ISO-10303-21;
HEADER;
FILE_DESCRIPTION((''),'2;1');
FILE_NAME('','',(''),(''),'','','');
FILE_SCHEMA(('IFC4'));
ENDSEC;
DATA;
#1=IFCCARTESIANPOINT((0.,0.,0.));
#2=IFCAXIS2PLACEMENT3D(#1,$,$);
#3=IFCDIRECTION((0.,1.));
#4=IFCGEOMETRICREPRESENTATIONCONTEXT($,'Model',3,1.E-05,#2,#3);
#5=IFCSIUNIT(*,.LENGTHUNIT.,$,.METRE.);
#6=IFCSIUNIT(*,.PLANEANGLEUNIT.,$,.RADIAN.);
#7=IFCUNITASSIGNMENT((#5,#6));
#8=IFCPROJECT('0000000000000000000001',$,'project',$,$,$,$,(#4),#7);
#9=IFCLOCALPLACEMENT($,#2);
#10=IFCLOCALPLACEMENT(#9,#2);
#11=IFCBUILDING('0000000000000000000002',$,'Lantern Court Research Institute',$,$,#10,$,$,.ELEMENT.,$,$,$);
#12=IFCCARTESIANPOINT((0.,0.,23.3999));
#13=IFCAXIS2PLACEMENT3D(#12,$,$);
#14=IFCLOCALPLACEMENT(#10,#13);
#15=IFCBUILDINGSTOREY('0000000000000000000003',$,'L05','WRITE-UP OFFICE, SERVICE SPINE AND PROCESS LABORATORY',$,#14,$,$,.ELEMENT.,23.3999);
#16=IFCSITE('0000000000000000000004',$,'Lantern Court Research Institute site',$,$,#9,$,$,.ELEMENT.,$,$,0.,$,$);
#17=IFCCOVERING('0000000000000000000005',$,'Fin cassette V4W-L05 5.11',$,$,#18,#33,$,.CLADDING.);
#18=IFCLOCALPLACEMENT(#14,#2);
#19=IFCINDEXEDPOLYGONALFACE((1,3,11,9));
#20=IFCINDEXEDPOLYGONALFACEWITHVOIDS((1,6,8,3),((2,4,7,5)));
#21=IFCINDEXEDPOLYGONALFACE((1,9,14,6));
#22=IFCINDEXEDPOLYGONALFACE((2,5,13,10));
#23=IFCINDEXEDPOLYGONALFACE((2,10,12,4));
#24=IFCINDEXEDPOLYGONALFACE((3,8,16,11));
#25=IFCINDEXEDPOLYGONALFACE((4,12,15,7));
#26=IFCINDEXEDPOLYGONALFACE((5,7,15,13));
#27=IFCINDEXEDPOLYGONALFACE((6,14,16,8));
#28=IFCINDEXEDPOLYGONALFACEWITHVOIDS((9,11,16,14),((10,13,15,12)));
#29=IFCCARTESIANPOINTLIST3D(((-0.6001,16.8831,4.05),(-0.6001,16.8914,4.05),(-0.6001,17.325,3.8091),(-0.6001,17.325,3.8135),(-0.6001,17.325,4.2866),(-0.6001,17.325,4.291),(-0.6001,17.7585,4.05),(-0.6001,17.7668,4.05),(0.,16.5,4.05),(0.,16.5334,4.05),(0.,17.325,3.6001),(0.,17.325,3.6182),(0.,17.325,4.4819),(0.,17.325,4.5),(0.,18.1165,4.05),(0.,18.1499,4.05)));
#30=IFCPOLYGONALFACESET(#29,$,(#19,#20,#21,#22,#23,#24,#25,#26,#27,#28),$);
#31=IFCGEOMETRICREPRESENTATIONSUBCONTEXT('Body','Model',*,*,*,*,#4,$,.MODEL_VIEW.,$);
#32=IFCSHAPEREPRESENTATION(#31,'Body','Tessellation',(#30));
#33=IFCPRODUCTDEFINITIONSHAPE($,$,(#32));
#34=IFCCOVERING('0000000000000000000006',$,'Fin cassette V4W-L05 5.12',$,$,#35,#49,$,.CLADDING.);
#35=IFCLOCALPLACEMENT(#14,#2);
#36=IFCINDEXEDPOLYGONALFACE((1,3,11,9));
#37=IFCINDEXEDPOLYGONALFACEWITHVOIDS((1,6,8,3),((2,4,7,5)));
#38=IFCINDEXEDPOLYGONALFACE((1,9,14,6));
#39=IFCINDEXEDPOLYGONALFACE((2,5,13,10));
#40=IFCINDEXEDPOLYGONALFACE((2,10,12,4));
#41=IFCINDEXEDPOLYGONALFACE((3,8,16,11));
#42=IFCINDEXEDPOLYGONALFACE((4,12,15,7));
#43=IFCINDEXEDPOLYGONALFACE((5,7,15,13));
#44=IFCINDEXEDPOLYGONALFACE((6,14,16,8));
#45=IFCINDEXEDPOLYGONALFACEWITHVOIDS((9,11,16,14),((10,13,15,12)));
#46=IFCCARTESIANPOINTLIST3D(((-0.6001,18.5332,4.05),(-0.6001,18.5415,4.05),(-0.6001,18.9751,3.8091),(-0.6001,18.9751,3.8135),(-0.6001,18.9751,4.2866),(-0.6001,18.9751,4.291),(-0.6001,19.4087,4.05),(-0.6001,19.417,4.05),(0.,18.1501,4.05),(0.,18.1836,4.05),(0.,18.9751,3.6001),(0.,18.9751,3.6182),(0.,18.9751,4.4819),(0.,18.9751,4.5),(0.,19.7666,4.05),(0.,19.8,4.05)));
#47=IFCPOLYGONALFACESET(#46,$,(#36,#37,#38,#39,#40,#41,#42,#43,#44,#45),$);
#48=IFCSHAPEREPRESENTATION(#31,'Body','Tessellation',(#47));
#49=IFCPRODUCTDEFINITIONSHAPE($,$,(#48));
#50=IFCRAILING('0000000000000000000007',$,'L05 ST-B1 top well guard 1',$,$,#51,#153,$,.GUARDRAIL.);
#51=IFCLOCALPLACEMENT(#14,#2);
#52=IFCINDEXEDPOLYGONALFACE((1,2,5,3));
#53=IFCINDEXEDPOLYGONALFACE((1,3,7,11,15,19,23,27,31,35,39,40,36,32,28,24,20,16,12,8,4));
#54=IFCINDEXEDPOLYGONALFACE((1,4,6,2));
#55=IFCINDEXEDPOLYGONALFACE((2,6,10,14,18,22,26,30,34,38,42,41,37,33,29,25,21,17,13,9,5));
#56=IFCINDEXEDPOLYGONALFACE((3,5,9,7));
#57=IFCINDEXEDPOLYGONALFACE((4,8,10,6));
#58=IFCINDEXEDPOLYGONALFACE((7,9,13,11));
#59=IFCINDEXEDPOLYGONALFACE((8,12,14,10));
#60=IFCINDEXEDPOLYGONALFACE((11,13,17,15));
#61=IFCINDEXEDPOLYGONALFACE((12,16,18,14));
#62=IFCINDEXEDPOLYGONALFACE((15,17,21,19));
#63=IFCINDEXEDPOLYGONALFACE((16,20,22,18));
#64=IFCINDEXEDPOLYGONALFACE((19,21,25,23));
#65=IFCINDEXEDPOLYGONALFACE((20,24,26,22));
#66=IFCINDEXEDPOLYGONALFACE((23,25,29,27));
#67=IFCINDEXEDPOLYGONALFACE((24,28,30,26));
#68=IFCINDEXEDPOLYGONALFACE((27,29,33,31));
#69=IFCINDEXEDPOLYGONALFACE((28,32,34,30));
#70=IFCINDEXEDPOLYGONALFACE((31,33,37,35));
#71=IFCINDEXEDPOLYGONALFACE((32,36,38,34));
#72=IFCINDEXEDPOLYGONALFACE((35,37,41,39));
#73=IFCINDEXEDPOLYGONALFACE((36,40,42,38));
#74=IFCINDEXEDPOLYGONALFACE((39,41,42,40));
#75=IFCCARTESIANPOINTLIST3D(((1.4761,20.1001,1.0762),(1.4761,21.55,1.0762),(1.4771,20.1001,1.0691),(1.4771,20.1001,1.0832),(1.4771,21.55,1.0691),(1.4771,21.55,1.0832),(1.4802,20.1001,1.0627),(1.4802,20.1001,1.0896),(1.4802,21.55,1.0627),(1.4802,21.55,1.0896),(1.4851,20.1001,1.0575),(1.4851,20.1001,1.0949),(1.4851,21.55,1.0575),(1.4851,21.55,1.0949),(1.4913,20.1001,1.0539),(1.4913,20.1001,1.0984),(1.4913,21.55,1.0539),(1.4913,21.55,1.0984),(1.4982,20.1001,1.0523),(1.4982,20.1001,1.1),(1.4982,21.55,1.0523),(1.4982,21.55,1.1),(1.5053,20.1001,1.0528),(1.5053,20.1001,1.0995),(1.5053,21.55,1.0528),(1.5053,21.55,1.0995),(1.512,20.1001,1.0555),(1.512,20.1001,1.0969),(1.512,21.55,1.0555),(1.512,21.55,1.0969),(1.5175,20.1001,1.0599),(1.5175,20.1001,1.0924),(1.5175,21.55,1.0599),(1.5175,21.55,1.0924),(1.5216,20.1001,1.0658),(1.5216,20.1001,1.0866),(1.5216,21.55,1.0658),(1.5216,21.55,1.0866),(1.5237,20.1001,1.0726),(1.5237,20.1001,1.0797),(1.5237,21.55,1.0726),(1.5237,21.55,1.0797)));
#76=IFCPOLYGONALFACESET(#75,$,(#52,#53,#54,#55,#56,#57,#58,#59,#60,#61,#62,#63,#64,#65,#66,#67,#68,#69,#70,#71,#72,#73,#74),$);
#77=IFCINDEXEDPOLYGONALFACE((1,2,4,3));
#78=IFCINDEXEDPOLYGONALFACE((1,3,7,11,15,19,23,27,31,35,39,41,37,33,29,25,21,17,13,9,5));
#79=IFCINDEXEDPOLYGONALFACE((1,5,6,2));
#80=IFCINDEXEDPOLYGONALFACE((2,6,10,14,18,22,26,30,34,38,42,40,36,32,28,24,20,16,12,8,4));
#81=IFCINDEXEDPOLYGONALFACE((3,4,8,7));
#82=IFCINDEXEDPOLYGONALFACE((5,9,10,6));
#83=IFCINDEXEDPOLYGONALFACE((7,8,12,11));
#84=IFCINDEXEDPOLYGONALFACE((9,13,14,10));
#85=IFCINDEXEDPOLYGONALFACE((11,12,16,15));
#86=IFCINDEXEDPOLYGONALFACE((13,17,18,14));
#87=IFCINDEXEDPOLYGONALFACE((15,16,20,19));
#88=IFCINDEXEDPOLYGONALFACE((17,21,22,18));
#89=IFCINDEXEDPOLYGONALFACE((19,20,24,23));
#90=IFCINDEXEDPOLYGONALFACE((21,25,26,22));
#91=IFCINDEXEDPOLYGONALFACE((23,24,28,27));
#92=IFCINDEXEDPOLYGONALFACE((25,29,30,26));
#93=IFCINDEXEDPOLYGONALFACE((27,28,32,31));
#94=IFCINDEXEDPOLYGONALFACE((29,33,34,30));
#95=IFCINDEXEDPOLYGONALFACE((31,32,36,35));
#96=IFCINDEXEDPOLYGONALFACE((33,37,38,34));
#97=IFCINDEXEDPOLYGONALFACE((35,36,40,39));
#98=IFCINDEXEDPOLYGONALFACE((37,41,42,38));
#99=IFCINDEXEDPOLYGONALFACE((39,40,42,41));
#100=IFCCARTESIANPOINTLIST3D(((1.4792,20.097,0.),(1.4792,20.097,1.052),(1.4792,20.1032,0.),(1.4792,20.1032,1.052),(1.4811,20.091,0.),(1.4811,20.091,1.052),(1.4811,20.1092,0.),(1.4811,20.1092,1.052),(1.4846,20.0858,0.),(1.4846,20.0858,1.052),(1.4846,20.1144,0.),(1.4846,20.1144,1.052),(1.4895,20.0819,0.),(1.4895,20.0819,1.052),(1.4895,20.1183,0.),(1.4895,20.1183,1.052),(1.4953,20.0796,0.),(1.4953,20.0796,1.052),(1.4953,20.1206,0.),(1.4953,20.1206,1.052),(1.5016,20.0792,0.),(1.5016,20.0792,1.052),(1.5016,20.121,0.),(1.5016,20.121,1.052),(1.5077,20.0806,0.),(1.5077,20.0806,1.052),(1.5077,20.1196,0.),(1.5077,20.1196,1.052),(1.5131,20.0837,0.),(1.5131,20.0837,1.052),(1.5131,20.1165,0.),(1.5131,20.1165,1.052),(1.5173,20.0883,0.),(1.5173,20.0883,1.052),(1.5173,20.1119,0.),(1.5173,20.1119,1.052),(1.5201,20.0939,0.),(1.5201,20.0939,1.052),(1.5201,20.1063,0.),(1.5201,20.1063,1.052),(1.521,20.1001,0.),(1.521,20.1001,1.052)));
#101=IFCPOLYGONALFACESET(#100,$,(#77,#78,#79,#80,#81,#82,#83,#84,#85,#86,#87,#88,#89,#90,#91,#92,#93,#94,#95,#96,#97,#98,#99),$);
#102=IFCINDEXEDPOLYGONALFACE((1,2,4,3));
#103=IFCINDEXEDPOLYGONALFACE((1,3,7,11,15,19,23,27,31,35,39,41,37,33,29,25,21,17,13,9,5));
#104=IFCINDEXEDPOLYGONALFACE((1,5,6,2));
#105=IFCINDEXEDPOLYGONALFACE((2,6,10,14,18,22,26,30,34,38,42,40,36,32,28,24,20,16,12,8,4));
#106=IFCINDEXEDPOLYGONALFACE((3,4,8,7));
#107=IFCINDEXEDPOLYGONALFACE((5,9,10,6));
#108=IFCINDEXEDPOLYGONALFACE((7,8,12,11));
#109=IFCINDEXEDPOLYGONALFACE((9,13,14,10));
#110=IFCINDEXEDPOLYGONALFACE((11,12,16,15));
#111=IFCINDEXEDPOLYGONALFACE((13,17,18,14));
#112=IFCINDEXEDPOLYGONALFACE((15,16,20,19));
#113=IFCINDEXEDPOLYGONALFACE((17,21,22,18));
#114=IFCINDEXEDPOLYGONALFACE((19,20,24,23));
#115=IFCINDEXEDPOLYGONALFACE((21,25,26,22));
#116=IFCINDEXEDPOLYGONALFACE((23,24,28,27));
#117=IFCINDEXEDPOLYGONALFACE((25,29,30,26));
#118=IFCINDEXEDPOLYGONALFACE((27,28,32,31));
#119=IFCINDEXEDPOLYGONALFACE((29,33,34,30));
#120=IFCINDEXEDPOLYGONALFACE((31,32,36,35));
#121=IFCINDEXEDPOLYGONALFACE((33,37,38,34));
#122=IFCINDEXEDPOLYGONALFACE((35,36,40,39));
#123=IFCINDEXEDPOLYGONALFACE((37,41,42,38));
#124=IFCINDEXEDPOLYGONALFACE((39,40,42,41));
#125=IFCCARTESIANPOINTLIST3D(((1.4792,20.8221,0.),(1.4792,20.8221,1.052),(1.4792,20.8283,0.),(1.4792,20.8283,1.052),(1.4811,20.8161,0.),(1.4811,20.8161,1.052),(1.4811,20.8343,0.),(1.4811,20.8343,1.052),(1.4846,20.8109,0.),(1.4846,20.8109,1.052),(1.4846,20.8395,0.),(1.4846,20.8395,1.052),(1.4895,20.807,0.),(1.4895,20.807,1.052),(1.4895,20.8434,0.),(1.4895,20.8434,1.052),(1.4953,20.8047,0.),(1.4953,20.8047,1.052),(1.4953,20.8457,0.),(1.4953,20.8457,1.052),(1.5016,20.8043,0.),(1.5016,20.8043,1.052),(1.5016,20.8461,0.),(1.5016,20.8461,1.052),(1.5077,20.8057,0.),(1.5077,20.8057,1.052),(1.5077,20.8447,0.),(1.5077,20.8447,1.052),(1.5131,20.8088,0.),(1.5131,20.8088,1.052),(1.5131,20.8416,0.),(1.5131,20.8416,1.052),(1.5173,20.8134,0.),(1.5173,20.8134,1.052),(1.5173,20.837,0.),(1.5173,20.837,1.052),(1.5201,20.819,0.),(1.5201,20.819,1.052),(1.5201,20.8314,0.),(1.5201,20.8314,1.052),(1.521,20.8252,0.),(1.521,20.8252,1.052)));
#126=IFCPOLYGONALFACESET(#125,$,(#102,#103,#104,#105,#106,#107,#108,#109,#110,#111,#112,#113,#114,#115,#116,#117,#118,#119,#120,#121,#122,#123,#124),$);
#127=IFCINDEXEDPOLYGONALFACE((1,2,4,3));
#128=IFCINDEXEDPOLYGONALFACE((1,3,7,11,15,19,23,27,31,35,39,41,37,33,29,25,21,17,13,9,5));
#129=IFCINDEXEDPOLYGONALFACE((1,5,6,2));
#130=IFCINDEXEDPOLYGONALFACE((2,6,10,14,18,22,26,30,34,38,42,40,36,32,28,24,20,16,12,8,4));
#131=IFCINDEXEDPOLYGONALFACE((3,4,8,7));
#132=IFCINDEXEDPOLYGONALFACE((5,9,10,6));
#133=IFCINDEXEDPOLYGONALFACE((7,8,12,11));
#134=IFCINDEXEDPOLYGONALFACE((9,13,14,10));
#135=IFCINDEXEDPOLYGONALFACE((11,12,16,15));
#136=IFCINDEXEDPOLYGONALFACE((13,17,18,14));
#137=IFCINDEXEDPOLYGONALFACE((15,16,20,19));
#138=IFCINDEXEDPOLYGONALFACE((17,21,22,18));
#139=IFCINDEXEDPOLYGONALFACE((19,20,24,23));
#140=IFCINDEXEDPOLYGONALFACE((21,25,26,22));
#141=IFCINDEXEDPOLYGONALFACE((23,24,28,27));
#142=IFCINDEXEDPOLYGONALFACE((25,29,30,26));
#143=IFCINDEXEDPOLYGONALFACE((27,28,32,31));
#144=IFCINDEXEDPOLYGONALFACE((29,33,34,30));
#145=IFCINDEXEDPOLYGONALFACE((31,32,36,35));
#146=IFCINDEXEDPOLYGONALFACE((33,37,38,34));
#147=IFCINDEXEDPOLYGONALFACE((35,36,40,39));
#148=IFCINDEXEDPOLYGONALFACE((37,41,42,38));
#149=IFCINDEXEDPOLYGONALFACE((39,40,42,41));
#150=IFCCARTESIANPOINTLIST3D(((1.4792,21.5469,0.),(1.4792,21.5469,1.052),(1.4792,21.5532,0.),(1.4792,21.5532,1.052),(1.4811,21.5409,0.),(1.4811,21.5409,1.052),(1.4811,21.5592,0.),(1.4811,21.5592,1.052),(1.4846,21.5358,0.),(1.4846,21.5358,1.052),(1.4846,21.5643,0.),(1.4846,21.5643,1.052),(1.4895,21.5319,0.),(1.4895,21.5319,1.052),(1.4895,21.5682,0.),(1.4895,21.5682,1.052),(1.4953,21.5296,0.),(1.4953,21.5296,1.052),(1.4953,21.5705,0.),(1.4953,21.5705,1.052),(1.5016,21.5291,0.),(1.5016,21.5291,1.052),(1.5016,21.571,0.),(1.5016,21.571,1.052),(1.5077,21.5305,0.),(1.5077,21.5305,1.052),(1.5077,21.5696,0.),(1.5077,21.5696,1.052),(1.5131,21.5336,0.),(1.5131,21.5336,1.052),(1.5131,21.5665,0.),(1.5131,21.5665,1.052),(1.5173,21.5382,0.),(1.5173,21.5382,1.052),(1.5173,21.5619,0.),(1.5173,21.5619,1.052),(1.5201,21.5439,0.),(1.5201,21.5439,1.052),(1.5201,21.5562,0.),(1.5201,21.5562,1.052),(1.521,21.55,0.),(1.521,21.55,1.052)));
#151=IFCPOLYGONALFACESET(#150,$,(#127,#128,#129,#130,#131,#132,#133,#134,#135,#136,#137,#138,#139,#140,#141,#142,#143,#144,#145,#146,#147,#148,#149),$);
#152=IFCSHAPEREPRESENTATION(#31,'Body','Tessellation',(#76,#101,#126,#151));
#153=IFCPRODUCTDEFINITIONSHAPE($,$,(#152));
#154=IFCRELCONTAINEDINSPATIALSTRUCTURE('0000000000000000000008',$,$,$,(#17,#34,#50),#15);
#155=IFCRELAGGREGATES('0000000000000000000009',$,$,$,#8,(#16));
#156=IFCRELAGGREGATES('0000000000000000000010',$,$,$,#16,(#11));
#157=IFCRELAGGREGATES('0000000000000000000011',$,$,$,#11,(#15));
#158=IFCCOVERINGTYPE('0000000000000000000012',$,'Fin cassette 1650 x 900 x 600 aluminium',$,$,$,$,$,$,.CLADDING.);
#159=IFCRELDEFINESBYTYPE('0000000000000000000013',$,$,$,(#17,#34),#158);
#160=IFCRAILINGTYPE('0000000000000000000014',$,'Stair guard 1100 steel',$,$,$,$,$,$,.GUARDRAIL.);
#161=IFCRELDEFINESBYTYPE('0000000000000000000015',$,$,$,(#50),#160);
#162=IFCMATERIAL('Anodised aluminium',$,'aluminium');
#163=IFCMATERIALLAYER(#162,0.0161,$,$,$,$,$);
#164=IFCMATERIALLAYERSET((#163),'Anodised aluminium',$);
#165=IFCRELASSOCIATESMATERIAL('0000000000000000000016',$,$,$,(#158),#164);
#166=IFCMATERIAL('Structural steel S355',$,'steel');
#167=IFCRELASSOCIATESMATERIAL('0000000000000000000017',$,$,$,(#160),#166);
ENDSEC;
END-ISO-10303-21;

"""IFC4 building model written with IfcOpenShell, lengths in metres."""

from ifc_helpers import new_model, entity, si_unit, direction, frame, origin, origin_2d, place, context, subcontext, project, spatial, circle, extrude, material, layer, layer_set, type_object, element, save


model = new_model("IFC4")

# Units and contexts
model_context = context("Model", 3, precision=1e-05, world=origin(), true_north=direction((0.0, 1.0)))
body_context = subcontext(model_context, "Body", "Model", "MODEL_VIEW")
ifc_project = project(units=[si_unit("LENGTHUNIT", "METRE"), si_unit("PLANEANGLEUNIT", "RADIAN")], contexts=[model_context])

# Site, building, storey
site_placement = place(None, origin())
site = spatial("IfcSite", under=ifc_project, at=site_placement, Name="Lantern Court Research Institute site", CompositionType="ELEMENT", RefElevation=0.0)
building_placement = place(site_placement, origin())
building = spatial("IfcBuilding", under=site, at=building_placement, Name="Lantern Court Research Institute", CompositionType="ELEMENT")
storey_placement = place(building_placement, frame((0.0, 0.0, 23.3999)))
storey = spatial("IfcBuildingStorey", under=building, at=storey_placement, Name="L05", Description="WRITE-UP OFFICE, SERVICE SPINE AND PROCESS LABORATORY", CompositionType="ELEMENT", Elevation=23.3999)

# Coverings
ifc_material_1 = material(Name="Anodised aluminium", Category="aluminium")
ifc_layer_1 = layer(ifc_material_1, 0.0161)
ifc_layer_set_1 = layer_set([ifc_layer_1], Name="Anodised aluminium")
covering_type = type_object("IfcCoveringType", Name="Fin cassette 1650 x 900 x 600 aluminium", PredefinedType="CLADDING", material=ifc_layer_set_1)
covering_1_placement = place(storey_placement, frame((0.0, 17.325, 4.05), z_axis=(-1.0, 0.0, 0.0), x_axis=(0.0, -1.0, 0.0)))
cartesian_point_1 = entity("IfcCartesianPoint", [0.825, 0.0])
cartesian_point_2 = entity("IfcCartesianPoint", [0.7915, 0.0])
cartesian_point_3 = entity("IfcCartesianPoint", [0.4419, 0.0])
cartesian_point_4 = entity("IfcCartesianPoint", [0.4336, 0.0])
element("IfcCovering", 1, at=covering_1_placement, inside=storey, type_object=covering_type, Name="Fin cassette V4W-L05 5.11", PredefinedType="CLADDING", context=body_context, shape_type="SweptSolid", body=[
    entity("IfcExtrudedAreaSolidTapered", entity("IfcArbitraryProfileDefWithVoids", "AREA", None, entity("IfcPolyline", [cartesian_point_1, entity("IfcCartesianPoint", [0.0, 0.45]), entity("IfcCartesianPoint", [-0.825, 0.0]), entity("IfcCartesianPoint", [0.0, -0.45]), cartesian_point_1]), [entity("IfcPolyline", [cartesian_point_2, entity("IfcCartesianPoint", [0.0, 0.4319]), entity("IfcCartesianPoint", [-0.7915, 0.0]), entity("IfcCartesianPoint", [0.0, -0.4319]), cartesian_point_2])]), entity("IfcAxis2Placement3D", entity("IfcCartesianPoint", [0.0, 0.0, 0.0])), entity("IfcDirection", [0.0, 0.0, 1.0]), 0.6001, entity("IfcArbitraryProfileDefWithVoids", "AREA", None, entity("IfcPolyline", [cartesian_point_3, entity("IfcCartesianPoint", [0.0, 0.241]), entity("IfcCartesianPoint", [-0.4419, 0.0]), entity("IfcCartesianPoint", [0.0, -0.241]), cartesian_point_3]), [entity("IfcPolyline", [cartesian_point_4, entity("IfcCartesianPoint", [0.0, 0.2366]), entity("IfcCartesianPoint", [-0.4336, 0.0]), entity("IfcCartesianPoint", [0.0, -0.2366]), cartesian_point_4])])),
])
covering_2_placement = place(storey_placement, frame((0.0, 18.9751, 4.05), z_axis=(-1.0, 0.0, 0.0), x_axis=(0.0, -1.0, 0.0)))
cartesian_point_5 = entity("IfcCartesianPoint", [0.825, 0.0])
cartesian_point_6 = entity("IfcCartesianPoint", [0.7915, 0.0])
cartesian_point_7 = entity("IfcCartesianPoint", [0.4419, 0.0])
cartesian_point_8 = entity("IfcCartesianPoint", [0.4336, 0.0])
element("IfcCovering", 2, at=covering_2_placement, inside=storey, type_object=covering_type, Name="Fin cassette V4W-L05 5.12", PredefinedType="CLADDING", context=body_context, shape_type="SweptSolid", body=[
    entity("IfcExtrudedAreaSolidTapered", entity("IfcArbitraryProfileDefWithVoids", "AREA", None, entity("IfcPolyline", [cartesian_point_5, entity("IfcCartesianPoint", [0.0, 0.45]), entity("IfcCartesianPoint", [-0.825, 0.0]), entity("IfcCartesianPoint", [0.0, -0.45]), cartesian_point_5]), [entity("IfcPolyline", [cartesian_point_6, entity("IfcCartesianPoint", [0.0, 0.4319]), entity("IfcCartesianPoint", [-0.7915, 0.0]), entity("IfcCartesianPoint", [0.0, -0.4319]), cartesian_point_6])]), entity("IfcAxis2Placement3D", entity("IfcCartesianPoint", [0.0, 0.0, 0.0])), entity("IfcDirection", [0.0, 0.0, 1.0]), 0.6001, entity("IfcArbitraryProfileDefWithVoids", "AREA", None, entity("IfcPolyline", [cartesian_point_7, entity("IfcCartesianPoint", [0.0, 0.241]), entity("IfcCartesianPoint", [-0.4419, 0.0]), entity("IfcCartesianPoint", [0.0, -0.241]), cartesian_point_7]), [entity("IfcPolyline", [cartesian_point_8, entity("IfcCartesianPoint", [0.0, 0.2366]), entity("IfcCartesianPoint", [-0.4336, 0.0]), entity("IfcCartesianPoint", [0.0, -0.2366]), cartesian_point_8])])),
])

# Railing
ifc_material_2 = material(Name="Structural steel S355", Category="steel")
railing_type = type_object("IfcRailingType", Name="Stair guard 1100 steel", PredefinedType="GUARDRAIL", material=ifc_material_2)
railing_placement = place(storey_placement, frame((1.5, 20.1001, 0.0)))
element("IfcRailing", 3, at=railing_placement, inside=storey, type_object=railing_type, Name="L05 ST-B1 top well guard 1", PredefinedType="GUARDRAIL", context=body_context, shape_type="SweptSolid", body=[
    extrude(circle(Radius=0.0239, at=origin_2d()), frame((0.0, 0.0, 1.0762), z_axis=(0.0, 1.0, 0.0), x_axis=(-1.0, 0.0, 0.0)), (0.0, 0.0, 1.0), 1.45),
    extrude(circle(Radius=0.021, at=origin_2d()), origin(), (0.0, 0.0, 1.0), 1.052),
    extrude(circle(Radius=0.021, at=origin_2d()), frame((0.0, 0.7251, 0.0)), (0.0, 0.0, 1.0), 1.052),
    extrude(circle(Radius=0.021, at=origin_2d()), frame((0.0, 1.45, 0.0)), (0.0, 0.0, 1.0), 1.052),
])

save(model, "model.ifc")
